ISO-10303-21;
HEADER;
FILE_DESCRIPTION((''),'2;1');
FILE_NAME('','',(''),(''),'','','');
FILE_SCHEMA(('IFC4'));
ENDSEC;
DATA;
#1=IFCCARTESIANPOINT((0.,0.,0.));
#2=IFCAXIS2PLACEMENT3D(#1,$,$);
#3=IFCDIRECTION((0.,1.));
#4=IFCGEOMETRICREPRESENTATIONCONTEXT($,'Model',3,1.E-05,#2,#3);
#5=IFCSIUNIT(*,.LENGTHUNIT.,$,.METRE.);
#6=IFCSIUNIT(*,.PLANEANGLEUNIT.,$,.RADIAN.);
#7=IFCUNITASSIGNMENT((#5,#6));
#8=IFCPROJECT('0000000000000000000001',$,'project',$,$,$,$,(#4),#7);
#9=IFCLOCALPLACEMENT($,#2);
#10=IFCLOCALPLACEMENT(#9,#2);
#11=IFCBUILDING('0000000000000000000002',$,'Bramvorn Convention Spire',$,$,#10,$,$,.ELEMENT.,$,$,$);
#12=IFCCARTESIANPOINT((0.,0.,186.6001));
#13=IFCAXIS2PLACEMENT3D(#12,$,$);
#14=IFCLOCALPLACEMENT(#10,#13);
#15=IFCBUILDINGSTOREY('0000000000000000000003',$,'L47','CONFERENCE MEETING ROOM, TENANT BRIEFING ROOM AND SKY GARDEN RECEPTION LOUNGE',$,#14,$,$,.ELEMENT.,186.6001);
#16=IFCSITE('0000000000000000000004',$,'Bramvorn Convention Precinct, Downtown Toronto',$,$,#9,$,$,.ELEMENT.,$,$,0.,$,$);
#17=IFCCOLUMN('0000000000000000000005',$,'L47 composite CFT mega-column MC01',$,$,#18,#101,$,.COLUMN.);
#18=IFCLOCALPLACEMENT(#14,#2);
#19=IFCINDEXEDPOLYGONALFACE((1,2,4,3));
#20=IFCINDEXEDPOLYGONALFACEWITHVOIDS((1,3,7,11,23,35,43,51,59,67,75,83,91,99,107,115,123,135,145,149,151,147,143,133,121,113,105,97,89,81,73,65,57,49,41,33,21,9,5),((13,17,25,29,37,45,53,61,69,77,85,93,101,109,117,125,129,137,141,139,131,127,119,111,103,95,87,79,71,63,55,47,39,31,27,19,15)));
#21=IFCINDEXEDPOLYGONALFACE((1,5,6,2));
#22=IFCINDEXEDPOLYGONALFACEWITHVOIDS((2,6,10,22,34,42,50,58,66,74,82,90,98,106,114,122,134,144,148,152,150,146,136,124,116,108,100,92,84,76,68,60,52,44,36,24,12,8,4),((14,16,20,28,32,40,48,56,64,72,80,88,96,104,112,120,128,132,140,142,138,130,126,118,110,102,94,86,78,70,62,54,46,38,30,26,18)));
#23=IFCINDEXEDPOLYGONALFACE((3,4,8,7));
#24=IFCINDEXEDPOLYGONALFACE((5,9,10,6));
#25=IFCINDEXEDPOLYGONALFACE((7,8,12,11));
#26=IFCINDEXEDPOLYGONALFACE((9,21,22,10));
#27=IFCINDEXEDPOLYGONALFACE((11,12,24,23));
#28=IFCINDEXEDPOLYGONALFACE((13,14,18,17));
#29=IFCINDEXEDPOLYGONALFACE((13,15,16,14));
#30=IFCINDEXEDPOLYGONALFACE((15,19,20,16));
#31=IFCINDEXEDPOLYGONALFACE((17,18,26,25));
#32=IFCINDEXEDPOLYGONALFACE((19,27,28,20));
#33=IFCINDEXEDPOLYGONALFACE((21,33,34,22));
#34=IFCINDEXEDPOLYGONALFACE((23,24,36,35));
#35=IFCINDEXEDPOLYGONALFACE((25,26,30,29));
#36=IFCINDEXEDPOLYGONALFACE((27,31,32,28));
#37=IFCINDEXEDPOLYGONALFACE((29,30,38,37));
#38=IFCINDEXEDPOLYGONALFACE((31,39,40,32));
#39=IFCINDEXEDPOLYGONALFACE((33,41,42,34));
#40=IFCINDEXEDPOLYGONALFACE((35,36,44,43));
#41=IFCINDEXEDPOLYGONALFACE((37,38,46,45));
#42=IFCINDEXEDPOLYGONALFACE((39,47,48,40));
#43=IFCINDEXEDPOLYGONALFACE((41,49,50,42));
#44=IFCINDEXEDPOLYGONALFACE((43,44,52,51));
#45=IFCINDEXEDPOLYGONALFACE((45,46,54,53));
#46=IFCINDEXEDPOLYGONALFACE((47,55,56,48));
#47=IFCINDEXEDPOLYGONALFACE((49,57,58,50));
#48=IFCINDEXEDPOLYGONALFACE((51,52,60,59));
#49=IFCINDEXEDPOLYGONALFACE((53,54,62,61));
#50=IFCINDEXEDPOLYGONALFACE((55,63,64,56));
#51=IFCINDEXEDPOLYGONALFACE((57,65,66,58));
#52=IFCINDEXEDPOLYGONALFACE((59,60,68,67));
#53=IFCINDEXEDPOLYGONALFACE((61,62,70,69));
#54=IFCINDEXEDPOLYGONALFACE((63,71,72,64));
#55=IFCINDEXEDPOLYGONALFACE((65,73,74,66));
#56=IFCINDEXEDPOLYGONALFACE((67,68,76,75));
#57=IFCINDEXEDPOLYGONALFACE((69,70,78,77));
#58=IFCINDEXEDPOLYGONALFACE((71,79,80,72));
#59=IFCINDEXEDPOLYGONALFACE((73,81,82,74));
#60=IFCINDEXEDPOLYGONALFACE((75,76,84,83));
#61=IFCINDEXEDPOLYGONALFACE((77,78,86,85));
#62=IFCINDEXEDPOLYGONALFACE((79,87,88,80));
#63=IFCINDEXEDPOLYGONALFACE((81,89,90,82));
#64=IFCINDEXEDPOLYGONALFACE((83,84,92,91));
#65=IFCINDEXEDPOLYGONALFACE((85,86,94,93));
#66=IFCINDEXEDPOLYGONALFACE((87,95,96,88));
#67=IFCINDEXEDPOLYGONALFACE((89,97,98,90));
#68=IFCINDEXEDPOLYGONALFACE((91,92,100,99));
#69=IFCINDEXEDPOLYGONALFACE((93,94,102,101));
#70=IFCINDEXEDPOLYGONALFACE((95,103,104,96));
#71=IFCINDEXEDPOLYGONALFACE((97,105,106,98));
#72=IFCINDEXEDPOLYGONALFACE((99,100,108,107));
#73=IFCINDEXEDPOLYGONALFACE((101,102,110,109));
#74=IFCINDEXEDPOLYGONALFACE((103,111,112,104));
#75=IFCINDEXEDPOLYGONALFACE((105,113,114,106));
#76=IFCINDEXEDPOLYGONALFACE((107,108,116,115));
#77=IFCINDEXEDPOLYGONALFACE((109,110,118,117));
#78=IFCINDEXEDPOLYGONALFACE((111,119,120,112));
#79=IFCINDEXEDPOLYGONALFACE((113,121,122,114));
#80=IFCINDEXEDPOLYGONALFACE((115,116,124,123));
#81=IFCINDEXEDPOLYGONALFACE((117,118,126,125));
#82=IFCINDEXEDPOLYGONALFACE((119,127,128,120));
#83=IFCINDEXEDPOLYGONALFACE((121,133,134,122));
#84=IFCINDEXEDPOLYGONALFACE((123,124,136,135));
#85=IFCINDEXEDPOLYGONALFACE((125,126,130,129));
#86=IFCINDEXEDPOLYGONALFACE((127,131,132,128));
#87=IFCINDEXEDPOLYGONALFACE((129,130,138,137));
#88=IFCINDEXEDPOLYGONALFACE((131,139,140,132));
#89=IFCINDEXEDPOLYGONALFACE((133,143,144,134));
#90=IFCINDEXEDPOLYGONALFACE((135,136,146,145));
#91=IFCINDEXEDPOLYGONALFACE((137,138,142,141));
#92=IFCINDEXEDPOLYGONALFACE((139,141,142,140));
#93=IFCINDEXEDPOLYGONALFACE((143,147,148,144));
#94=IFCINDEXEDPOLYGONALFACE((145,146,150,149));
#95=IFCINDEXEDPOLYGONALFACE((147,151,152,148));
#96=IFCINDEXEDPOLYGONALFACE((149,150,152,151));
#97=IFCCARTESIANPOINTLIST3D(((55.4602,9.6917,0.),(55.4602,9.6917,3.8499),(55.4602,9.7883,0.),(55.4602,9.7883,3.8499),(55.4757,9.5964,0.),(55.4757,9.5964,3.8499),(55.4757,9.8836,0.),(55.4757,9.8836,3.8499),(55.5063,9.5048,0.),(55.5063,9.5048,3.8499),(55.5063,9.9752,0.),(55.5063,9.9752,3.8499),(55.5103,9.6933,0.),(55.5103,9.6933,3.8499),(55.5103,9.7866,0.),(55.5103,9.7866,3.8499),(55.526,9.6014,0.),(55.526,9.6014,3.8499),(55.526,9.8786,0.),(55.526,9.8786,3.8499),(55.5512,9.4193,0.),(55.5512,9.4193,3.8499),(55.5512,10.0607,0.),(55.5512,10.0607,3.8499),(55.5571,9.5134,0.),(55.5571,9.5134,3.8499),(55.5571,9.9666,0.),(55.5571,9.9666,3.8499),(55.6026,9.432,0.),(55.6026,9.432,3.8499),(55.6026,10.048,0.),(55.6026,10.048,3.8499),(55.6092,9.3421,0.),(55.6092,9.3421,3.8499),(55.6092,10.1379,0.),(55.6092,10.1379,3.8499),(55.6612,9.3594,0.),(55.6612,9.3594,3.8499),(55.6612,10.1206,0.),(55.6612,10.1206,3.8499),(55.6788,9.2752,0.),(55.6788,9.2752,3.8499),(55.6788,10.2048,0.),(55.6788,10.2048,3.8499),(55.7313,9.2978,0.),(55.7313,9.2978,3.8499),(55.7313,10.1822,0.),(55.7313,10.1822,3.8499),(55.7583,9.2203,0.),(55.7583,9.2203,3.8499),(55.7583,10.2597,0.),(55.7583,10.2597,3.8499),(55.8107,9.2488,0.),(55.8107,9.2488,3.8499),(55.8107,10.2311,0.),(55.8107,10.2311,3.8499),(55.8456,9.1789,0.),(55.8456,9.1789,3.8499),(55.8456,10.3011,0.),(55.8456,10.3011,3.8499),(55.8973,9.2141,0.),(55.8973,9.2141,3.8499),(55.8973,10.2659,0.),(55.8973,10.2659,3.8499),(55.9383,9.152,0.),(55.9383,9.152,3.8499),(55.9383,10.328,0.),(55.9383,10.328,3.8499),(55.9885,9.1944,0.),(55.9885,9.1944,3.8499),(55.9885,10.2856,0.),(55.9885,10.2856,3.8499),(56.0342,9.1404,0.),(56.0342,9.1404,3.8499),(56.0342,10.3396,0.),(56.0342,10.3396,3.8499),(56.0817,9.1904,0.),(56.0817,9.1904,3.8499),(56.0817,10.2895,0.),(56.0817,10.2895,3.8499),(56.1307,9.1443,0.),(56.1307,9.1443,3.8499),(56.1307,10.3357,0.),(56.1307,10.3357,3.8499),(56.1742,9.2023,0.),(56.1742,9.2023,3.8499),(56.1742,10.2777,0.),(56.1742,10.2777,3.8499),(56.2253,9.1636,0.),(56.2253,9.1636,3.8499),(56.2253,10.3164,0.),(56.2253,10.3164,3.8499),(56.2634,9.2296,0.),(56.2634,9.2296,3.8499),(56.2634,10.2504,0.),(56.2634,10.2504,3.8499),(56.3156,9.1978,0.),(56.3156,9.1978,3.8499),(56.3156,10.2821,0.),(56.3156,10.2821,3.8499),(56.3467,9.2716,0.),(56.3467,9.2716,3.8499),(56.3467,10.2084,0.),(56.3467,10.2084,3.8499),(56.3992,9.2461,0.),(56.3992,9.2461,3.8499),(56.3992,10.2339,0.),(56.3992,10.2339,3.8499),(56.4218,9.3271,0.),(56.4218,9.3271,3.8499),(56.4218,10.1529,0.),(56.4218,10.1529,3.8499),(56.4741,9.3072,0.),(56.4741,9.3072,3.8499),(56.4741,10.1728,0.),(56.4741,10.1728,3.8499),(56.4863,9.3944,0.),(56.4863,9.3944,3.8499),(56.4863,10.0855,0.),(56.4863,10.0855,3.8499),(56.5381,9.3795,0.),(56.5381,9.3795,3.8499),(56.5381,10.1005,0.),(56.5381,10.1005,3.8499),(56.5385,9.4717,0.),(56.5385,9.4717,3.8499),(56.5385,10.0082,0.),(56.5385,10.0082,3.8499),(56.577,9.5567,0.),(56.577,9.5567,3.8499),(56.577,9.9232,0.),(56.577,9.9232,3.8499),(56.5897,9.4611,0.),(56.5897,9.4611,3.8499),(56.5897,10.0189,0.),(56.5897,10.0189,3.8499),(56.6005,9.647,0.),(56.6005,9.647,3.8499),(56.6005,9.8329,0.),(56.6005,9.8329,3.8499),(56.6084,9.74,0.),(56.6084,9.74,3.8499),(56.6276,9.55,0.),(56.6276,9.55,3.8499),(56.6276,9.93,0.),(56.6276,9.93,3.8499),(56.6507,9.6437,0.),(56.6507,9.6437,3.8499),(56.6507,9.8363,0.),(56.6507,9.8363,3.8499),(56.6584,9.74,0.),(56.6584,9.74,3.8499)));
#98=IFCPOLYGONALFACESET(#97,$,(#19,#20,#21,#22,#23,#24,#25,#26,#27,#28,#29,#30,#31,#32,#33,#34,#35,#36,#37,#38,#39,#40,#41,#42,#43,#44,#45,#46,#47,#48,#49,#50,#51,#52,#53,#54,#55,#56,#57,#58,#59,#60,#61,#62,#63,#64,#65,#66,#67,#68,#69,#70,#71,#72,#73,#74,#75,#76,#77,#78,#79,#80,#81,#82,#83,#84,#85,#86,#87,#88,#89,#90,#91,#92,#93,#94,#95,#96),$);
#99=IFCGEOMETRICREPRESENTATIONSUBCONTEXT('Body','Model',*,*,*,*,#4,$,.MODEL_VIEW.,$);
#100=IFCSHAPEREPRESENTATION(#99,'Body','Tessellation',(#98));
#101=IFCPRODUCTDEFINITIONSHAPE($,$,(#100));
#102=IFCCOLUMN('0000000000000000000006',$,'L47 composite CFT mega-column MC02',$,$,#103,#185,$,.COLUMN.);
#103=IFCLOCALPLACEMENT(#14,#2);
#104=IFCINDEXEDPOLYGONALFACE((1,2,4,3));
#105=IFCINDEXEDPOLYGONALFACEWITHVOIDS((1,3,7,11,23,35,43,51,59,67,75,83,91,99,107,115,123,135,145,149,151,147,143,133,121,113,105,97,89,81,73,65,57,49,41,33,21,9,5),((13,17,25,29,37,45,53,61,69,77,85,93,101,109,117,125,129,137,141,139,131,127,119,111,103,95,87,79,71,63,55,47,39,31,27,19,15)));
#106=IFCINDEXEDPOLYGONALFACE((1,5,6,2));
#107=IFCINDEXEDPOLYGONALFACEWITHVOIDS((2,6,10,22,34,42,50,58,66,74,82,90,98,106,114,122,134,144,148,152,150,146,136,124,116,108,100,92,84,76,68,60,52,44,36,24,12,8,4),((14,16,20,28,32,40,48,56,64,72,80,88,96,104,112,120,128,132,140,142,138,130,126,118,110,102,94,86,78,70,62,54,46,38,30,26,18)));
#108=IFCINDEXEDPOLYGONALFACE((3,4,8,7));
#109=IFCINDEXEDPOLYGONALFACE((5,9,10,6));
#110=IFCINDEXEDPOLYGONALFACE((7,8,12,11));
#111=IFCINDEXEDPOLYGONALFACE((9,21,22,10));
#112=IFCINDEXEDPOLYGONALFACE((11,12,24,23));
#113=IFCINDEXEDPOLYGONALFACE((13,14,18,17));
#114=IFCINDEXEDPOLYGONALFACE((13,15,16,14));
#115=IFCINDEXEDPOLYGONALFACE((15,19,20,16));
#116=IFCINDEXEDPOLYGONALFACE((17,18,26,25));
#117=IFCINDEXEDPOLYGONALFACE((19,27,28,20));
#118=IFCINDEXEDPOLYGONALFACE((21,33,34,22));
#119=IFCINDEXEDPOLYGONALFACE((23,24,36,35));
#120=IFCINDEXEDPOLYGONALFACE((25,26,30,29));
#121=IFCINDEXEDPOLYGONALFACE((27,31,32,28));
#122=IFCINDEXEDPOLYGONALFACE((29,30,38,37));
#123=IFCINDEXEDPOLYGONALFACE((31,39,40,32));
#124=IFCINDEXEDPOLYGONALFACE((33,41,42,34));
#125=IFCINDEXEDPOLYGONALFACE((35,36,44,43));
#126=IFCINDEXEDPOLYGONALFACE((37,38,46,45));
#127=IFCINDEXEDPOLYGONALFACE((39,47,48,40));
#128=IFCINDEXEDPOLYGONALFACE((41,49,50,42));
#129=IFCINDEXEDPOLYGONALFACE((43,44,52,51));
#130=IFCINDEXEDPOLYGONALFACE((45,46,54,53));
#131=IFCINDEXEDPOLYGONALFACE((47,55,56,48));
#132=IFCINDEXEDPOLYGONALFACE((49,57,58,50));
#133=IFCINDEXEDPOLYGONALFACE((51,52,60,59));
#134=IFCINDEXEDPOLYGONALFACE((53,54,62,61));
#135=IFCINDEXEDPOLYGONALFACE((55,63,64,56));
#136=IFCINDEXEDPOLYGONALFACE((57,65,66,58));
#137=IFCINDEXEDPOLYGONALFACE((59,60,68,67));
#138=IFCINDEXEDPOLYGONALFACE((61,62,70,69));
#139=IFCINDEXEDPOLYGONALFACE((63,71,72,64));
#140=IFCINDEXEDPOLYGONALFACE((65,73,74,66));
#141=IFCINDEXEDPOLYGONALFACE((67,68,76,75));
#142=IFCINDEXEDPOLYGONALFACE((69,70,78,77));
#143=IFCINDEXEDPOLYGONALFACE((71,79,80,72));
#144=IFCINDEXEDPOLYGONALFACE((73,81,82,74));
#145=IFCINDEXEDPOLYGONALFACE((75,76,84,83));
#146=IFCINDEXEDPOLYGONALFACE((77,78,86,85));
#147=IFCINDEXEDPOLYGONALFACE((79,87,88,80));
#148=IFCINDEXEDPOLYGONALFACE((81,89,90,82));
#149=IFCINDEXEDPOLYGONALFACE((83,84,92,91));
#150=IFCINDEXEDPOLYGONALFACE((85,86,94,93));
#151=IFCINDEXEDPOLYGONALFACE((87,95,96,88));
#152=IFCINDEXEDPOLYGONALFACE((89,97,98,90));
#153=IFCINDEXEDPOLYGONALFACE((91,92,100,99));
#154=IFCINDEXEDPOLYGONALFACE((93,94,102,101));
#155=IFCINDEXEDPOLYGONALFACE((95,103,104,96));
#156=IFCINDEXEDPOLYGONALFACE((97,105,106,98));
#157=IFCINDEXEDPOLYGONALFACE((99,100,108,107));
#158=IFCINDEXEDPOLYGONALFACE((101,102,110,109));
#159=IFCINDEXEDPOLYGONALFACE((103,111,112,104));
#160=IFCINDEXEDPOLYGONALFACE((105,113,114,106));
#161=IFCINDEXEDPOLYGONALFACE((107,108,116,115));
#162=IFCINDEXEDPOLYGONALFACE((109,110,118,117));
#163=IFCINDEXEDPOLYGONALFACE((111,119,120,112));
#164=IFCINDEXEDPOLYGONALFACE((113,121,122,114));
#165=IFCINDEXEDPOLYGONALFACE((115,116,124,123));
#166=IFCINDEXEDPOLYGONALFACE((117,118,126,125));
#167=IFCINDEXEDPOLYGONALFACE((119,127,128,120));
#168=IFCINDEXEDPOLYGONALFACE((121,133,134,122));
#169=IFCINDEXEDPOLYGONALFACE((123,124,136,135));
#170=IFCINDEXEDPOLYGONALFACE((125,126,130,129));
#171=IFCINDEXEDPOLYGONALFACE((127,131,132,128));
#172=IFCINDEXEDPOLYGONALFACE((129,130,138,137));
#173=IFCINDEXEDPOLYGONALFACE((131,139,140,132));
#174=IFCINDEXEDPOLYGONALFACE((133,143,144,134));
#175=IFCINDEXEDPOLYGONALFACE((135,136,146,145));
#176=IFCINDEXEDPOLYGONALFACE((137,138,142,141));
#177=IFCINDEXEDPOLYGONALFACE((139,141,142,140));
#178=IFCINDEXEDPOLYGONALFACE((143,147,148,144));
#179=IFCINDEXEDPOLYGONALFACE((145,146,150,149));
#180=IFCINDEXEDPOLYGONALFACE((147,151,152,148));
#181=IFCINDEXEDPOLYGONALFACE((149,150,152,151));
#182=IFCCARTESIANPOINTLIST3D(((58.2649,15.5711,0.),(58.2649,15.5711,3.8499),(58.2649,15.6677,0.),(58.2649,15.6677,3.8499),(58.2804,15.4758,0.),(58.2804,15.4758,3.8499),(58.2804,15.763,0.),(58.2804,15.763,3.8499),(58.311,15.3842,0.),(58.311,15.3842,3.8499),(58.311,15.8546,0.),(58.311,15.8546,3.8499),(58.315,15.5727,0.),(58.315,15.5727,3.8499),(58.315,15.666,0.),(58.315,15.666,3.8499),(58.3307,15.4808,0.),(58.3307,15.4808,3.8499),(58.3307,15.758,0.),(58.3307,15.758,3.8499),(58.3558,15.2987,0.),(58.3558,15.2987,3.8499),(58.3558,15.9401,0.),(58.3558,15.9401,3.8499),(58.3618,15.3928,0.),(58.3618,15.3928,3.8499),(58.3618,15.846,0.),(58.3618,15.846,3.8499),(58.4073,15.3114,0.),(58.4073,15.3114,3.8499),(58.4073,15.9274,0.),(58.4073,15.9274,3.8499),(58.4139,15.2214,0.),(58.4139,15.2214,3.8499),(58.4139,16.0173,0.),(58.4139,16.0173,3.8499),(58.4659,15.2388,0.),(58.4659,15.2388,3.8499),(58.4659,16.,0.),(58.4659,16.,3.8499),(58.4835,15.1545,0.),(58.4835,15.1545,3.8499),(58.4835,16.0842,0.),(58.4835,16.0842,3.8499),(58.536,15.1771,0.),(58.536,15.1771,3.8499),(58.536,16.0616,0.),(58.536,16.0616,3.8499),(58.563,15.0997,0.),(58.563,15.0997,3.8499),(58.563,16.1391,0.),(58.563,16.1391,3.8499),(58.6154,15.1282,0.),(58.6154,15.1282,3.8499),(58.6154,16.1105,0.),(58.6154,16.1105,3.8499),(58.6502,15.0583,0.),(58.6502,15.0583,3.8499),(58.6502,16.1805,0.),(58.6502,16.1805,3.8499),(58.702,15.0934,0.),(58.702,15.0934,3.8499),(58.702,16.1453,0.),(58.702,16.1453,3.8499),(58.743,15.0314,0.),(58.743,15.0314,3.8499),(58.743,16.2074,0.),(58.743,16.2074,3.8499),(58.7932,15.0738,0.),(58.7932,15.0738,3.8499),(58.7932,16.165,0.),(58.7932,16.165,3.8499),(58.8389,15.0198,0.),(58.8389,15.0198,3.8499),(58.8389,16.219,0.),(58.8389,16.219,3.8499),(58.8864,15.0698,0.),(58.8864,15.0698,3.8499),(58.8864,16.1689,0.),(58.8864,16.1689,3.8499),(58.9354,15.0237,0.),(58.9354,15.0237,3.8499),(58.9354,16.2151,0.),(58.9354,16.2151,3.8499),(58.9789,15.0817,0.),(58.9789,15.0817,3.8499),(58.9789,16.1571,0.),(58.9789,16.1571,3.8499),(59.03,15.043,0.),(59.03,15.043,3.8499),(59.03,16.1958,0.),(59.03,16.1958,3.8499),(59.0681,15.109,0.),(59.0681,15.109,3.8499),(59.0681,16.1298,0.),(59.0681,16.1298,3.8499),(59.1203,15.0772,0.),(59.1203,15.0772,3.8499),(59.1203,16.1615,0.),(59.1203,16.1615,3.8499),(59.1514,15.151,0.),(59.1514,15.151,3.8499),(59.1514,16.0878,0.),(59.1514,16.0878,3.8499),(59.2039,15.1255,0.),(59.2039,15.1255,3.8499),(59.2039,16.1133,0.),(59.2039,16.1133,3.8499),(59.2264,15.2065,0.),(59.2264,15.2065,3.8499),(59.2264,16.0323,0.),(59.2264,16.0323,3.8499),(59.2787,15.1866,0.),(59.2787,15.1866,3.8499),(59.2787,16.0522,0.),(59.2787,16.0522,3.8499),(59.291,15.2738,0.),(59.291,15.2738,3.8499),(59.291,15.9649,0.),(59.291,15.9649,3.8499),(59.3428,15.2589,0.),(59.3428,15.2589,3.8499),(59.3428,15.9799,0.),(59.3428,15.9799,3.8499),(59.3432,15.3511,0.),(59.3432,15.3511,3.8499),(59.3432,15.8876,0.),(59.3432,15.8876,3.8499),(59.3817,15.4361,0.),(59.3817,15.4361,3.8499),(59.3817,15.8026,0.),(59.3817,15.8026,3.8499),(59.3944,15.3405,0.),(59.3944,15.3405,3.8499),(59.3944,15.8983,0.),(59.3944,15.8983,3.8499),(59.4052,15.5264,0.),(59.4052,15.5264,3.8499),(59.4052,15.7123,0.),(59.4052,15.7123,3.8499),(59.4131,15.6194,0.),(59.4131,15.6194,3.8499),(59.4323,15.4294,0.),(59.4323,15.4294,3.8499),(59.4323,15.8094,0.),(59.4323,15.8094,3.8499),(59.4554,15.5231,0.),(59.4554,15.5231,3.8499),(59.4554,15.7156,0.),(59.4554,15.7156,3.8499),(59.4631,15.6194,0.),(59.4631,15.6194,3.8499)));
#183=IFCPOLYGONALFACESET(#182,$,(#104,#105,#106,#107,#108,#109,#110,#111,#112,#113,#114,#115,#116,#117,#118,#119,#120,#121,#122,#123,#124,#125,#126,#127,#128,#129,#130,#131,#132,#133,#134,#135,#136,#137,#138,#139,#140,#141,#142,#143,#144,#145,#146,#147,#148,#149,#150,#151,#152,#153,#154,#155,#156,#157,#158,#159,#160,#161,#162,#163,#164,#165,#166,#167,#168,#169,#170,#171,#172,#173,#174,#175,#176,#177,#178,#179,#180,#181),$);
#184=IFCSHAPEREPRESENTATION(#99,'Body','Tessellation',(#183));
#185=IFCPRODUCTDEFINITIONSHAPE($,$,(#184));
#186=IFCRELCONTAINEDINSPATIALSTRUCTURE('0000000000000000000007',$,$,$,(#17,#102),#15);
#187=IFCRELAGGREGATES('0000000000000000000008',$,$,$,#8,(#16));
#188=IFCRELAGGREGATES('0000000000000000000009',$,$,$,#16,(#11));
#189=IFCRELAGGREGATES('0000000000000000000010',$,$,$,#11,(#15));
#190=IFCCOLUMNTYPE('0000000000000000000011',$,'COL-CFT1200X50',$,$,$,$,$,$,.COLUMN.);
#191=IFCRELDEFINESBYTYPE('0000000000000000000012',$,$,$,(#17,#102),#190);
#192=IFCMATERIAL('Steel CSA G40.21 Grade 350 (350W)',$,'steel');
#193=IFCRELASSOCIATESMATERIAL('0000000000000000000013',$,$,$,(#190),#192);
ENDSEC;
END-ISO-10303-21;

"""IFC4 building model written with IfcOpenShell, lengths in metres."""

from ifc_helpers import new_model, si_unit, direction, frame, origin, origin_2d, place, context, subcontext, project, spatial, hollow_circle, extrude, material, material_profile, profile_set, type_object, element, save


model = new_model("IFC4")

# Units and contexts
model_context = context("Model", 3, precision=1e-05, world=origin(), true_north=direction((0.0, 1.0)))
body_context = subcontext(model_context, "Body", "Model", "MODEL_VIEW")
ifc_project = project(units=[si_unit("LENGTHUNIT", "METRE"), si_unit("PLANEANGLEUNIT", "RADIAN")], contexts=[model_context])

# Site, building, storey
site_placement = place(None, origin())
site = spatial("IfcSite", under=ifc_project, at=site_placement, Name="Bramvorn Convention Precinct, Downtown Toronto", CompositionType="ELEMENT", RefElevation=0.0)
building_placement = place(site_placement, origin())
building = spatial("IfcBuilding", under=site, at=building_placement, Name="Bramvorn Convention Spire", CompositionType="ELEMENT")
storey_placement = place(building_placement, frame((0.0, 0.0, 186.6001)))
storey = spatial("IfcBuildingStorey", under=building, at=storey_placement, Name="L47", Description="CONFERENCE MEETING ROOM, TENANT BRIEFING ROOM AND SKY GARDEN RECEPTION LOUNGE", CompositionType="ELEMENT", Elevation=186.6001)

# Columns
ifc_material_1 = material(Name="Steel CSA G40.21 Grade 350 (350W)", Category="steel")
ifc_material_profile_1 = material_profile(ifc_material_1, hollow_circle(Radius=0.6001, WallThickness=0.05, at=origin_2d()))
ifc_profile_set_1 = profile_set([ifc_material_profile_1], Name="Steel CSA G40.21 Grade 350 (350W) - CFT1200X50")
column_type = type_object("IfcColumnType", Name="COL-CFT1200X50", PredefinedType="COLUMN", material=ifc_profile_set_1)
for number, where, z_axis, x_axis, name in (
    (1, (56.0583, 9.74, 0.0), (0.0, 0.0, 1.0), (1.0, 0.0, 0.0), "L47 composite CFT mega-column MC01"),
    (2, (58.863, 15.6194, 0.0), (0.0, 0.0, 1.0), (1.0, 0.0, 0.0), "L47 composite CFT mega-column MC02"),
):
    element("IfcColumn", number, at=place(storey_placement, frame(where, z_axis=z_axis, x_axis=x_axis)), inside=storey, type_object=column_type, Name=name, PredefinedType="COLUMN", context=body_context, shape_type="SweptSolid", body=[
        extrude(hollow_circle(Radius=0.6001, WallThickness=0.05, at=origin_2d()), origin(), (0.0, 0.0, 1.0), 3.8499),
    ])

save(model, "model.ifc")
